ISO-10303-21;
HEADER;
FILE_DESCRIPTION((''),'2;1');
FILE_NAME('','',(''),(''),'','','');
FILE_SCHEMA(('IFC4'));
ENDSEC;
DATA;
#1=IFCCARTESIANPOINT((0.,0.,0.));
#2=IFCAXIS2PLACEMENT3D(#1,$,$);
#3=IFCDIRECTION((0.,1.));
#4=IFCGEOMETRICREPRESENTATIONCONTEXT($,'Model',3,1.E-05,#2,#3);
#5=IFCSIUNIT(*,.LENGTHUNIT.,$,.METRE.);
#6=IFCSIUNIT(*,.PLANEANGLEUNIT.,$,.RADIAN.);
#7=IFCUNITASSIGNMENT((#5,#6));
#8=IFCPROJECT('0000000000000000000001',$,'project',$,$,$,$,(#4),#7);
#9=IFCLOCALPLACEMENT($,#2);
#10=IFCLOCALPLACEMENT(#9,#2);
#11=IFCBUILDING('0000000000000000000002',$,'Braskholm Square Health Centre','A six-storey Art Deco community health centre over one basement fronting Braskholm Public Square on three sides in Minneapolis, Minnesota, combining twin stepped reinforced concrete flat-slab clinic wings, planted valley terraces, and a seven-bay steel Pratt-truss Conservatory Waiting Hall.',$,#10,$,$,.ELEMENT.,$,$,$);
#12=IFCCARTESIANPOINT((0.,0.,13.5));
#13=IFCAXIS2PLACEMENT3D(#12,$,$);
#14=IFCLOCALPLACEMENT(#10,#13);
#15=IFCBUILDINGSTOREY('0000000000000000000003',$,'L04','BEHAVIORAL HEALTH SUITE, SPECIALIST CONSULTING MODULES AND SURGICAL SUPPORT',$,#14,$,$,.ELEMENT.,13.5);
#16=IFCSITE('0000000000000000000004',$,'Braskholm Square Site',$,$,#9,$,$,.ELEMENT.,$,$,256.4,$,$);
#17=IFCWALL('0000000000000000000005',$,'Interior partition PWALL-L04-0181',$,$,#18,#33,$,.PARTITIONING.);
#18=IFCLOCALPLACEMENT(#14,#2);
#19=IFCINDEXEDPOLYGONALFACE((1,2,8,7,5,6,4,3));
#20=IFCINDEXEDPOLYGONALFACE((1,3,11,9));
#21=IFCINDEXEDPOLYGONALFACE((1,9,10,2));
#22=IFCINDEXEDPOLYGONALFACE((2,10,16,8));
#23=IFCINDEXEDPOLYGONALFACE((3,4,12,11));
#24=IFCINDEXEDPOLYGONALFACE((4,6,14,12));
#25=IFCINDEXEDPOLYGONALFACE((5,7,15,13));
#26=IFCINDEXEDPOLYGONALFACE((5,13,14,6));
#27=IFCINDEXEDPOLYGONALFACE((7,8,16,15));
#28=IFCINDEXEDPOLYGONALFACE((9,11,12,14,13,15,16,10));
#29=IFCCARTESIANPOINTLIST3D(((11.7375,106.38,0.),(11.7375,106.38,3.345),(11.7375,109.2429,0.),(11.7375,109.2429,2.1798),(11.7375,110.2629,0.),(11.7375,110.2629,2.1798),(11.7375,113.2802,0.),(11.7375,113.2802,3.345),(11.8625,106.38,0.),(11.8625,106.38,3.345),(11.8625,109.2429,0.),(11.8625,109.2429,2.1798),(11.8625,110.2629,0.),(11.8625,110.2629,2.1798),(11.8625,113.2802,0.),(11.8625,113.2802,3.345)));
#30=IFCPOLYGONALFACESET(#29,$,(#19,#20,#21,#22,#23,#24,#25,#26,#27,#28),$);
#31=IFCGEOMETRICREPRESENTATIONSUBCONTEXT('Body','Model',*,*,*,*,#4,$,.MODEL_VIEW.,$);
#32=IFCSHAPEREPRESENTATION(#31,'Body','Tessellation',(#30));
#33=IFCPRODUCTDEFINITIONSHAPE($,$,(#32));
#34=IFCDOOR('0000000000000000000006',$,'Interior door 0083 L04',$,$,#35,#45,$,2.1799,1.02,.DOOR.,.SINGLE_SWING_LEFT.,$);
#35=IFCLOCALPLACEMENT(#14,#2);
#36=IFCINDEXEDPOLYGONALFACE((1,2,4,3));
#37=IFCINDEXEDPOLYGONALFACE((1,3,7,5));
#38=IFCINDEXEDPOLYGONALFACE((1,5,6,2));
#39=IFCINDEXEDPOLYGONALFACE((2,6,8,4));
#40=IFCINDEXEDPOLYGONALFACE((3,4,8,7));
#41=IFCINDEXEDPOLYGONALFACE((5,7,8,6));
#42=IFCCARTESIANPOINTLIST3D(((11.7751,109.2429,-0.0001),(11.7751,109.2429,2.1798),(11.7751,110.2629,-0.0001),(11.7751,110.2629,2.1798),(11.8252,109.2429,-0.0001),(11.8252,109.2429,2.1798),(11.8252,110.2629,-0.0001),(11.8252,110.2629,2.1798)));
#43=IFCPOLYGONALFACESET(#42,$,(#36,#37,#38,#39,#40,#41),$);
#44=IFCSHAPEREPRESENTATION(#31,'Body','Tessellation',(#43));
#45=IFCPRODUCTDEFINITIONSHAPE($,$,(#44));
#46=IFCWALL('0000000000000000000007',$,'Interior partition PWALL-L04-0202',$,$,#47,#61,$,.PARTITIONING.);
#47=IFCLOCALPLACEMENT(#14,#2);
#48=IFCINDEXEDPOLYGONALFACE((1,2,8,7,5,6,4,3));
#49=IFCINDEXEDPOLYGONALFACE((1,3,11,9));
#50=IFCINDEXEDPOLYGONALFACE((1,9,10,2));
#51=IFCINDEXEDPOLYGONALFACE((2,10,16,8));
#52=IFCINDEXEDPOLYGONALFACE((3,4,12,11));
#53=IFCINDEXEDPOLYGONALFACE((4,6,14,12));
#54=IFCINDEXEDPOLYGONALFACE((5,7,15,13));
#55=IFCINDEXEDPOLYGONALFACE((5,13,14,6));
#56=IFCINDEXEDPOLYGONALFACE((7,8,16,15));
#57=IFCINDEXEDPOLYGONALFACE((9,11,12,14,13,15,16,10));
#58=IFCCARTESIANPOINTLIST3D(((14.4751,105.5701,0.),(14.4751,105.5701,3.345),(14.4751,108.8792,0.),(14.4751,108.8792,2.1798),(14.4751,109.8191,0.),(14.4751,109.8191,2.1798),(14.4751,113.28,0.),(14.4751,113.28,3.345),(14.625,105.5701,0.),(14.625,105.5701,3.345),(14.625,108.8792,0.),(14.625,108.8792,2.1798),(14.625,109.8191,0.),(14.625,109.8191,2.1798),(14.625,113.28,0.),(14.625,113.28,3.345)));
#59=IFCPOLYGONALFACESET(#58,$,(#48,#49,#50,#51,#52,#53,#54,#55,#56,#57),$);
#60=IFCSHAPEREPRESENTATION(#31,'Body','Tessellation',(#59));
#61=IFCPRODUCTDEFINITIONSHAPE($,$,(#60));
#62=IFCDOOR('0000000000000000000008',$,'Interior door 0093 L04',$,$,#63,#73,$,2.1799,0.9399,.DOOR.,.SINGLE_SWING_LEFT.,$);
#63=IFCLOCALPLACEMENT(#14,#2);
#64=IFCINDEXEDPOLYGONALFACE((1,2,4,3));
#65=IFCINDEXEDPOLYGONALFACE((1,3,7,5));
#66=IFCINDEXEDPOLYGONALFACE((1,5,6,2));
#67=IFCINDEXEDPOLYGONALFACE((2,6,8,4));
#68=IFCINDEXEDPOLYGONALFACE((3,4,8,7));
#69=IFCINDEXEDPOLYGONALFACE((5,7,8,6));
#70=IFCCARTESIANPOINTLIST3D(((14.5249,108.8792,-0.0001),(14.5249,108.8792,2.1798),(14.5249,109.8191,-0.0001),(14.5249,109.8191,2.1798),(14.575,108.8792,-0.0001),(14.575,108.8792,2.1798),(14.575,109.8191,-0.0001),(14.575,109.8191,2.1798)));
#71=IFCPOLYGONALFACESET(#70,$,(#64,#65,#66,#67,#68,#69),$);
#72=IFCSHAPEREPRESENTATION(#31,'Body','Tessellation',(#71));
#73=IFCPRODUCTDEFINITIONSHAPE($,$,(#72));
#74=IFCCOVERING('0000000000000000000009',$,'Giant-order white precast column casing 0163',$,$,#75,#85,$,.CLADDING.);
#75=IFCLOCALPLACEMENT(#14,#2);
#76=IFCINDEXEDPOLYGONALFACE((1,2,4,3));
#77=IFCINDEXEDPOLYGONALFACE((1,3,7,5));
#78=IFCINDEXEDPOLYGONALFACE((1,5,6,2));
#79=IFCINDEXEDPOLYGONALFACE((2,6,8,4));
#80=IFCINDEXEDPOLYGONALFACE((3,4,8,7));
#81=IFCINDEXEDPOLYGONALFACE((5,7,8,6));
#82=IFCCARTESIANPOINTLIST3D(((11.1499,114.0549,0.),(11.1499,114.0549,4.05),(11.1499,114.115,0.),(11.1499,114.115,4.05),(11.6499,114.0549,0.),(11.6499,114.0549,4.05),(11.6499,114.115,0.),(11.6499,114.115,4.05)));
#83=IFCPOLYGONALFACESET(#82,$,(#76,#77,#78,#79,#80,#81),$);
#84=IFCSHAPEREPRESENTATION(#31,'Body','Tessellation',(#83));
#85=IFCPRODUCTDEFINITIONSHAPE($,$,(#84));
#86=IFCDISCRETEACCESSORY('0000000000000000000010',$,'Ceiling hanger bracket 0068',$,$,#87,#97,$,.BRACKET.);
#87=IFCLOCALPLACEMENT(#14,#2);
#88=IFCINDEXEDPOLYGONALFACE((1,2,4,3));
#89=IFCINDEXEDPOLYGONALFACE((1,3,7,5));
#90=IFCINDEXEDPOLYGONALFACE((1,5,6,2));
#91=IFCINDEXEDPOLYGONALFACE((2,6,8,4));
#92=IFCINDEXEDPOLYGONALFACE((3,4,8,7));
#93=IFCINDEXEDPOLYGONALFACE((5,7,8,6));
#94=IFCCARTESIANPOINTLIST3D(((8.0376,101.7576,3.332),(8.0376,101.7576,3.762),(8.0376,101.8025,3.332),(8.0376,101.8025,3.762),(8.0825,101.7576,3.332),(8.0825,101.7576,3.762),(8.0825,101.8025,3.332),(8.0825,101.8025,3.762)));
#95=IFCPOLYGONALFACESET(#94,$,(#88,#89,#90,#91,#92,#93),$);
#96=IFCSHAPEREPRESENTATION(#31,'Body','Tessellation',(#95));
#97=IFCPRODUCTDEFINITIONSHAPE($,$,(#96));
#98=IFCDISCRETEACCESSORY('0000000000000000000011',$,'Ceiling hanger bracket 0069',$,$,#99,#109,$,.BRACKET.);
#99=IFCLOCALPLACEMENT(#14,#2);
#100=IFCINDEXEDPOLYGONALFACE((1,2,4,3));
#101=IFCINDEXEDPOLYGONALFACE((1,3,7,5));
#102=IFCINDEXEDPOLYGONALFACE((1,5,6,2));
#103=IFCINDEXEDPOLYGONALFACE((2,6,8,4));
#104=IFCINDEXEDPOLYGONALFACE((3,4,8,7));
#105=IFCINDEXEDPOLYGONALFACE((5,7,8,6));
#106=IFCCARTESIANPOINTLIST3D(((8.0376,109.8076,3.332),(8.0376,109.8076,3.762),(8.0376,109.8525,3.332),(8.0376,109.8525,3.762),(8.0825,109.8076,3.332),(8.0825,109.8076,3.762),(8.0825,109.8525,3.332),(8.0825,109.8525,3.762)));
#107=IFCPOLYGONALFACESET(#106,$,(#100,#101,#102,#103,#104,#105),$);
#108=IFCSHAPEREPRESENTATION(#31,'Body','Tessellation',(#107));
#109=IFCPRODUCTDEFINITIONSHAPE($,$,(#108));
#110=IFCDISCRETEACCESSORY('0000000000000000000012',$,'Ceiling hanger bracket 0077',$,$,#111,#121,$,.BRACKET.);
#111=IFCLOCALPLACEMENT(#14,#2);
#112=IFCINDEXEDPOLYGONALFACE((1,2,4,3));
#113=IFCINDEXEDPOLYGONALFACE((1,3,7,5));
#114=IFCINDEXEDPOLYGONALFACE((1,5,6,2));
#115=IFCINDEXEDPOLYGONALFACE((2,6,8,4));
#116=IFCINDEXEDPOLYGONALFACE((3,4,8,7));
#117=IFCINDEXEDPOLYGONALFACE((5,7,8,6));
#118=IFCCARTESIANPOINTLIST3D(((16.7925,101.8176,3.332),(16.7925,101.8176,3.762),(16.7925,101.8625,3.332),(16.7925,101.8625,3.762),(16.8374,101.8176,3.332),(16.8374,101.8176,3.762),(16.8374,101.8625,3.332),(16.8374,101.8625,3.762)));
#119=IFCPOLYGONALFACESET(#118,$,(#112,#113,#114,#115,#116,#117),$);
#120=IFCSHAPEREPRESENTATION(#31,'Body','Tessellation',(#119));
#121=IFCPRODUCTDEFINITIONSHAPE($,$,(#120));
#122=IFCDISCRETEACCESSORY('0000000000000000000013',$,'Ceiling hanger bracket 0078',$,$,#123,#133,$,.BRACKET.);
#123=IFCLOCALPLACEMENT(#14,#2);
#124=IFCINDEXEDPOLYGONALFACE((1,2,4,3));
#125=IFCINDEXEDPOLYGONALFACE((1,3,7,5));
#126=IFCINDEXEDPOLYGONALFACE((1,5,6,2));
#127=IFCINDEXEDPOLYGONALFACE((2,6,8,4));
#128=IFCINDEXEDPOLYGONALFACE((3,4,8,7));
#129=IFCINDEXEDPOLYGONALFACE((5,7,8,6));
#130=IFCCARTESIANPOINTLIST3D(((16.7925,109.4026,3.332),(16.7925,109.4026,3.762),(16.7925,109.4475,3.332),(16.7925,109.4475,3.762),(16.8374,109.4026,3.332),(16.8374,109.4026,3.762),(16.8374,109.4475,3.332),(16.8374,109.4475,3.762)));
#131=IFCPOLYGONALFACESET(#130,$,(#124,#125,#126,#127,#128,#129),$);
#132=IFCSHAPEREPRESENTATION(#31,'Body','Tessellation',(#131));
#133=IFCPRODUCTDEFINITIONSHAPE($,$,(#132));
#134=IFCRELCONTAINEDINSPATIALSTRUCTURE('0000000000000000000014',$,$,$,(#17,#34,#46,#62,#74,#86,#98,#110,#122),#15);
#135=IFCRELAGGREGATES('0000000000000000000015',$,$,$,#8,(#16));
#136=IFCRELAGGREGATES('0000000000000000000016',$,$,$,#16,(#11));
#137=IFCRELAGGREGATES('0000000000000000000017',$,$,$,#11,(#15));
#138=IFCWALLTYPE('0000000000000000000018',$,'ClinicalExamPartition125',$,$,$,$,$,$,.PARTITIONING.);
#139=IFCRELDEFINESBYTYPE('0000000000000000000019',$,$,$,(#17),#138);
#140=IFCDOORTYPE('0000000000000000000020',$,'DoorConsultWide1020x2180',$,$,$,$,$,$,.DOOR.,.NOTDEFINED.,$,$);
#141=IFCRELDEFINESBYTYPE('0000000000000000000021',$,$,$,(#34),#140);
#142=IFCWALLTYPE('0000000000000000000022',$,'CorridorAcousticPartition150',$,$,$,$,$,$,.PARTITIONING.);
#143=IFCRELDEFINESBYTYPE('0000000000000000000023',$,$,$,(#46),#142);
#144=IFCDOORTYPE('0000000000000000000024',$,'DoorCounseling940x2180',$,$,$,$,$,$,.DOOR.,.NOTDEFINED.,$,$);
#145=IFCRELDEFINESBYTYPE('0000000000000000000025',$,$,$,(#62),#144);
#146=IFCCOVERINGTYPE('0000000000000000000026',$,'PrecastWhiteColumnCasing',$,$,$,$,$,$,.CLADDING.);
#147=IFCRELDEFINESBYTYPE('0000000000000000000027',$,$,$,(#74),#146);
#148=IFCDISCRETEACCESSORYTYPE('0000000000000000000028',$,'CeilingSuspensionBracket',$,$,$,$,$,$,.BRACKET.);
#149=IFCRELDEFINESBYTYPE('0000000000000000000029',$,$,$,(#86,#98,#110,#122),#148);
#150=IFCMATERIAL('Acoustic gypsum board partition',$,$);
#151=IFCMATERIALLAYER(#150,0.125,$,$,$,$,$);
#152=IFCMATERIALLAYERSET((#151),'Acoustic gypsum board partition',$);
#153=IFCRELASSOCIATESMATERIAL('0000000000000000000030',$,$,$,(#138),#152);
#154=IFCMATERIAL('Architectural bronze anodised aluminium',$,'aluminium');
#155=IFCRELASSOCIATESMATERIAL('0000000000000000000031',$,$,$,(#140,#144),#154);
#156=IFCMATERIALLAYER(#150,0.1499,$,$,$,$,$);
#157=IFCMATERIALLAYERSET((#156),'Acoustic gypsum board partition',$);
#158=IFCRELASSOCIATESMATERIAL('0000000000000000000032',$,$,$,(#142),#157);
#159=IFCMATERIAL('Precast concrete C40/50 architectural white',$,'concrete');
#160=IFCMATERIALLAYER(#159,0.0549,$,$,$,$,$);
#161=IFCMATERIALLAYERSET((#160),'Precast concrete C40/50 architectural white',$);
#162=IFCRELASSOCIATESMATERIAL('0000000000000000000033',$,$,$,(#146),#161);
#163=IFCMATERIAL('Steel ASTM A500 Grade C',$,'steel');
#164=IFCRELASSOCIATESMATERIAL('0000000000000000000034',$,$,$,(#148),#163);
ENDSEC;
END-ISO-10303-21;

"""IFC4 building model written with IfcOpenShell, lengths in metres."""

from ifc_helpers import new_model, si_unit, direction, frame, frame_2d, origin, origin_with_axes, origin_2d, place, context, subcontext, project, spatial, rectangle, extrude, material, layer, layer_set, type_object, element, fill, save


model = new_model("IFC4")

# Units and contexts
model_context = context("Model", 3, precision=1e-05, world=origin(), true_north=direction((0.0, 1.0)))
body_context = subcontext(model_context, "Body", "Model", "MODEL_VIEW")
ifc_project = project(units=[si_unit("LENGTHUNIT", "METRE"), si_unit("PLANEANGLEUNIT", "RADIAN")], contexts=[model_context])

# Site, building, storey
site_placement = place(None, origin())
site = spatial("IfcSite", under=ifc_project, at=site_placement, Name="Braskholm Square Site", CompositionType="ELEMENT", RefElevation=256.4)
building_placement = place(site_placement, origin())
building = spatial("IfcBuilding", under=site, at=building_placement, Name="Braskholm Square Health Centre", Description="A six-storey Art Deco community health centre over one basement fronting Braskholm Public Square on three sides in Minneapolis, Minnesota, combining twin stepped reinforced concrete flat-slab clinic wings, planted valley terraces, and a seven-bay steel Pratt-truss Conservatory Waiting Hall.", CompositionType="ELEMENT")
storey_placement = place(building_placement, frame((0.0, 0.0, 13.5)))
storey = spatial("IfcBuildingStorey", under=building, at=storey_placement, Name="L04", Description="BEHAVIORAL HEALTH SUITE, SPECIALIST CONSULTING MODULES AND SURGICAL SUPPORT", CompositionType="ELEMENT", Elevation=13.5)

# Shared definitions
ifc_material_1 = material(Name="Precast concrete C40/50 architectural white", Category="concrete")

# Shared definitions
ifc_material_2 = material(Name="Architectural bronze anodised aluminium", Category="aluminium")

# Walls, openings, doors
ifc_material_3 = material(Name="Acoustic gypsum board partition")
ifc_layer_1 = layer(ifc_material_3, 0.125)
ifc_layer_set_1 = layer_set([ifc_layer_1], Name="Acoustic gypsum board partition")
wall_type_1 = type_object("IfcWallType", Name="ClinicalExamPartition125", PredefinedType="PARTITIONING", material=ifc_layer_set_1)
wall_1_placement = place(storey_placement, frame((11.8, 106.3799, 0.0), z_axis=(0.0, 0.0, 1.0), x_axis=(0.0, 1.0, 0.0)))
wall_1 = element("IfcWall", 1, at=wall_1_placement, inside=storey, type_object=wall_type_1, Name="Interior partition PWALL-L04-0181", PredefinedType="PARTITIONING", context=body_context, shape_type="SweptSolid", body=[
    extrude(rectangle(XDim=6.9001, YDim=0.125, at=frame_2d((3.4502, 0.0))), origin(), (0.0, 0.0, 1.0), 3.345),
])
opening_1_placement = place(wall_1_placement, frame((2.863, 0.0, 0.0)))
opening_1 = element("IfcOpeningElement", 2, at=opening_1_placement, cuts=wall_1, PredefinedType="OPENING", context=body_context, shape_type="SweptSolid", body=[
    extrude(rectangle(XDim=1.02, YDim=2.1799, at=frame_2d((0.51, 1.0898))), frame((0.0, 0.0725, 0.0), z_axis=(0.0, -1.0, 0.0), x_axis=(1.0, 0.0, 0.0)), (0.0, 0.0, 1.0), 0.145),
])
door_type_1 = type_object("IfcDoorType", Name="DoorConsultWide1020x2180", OperationType="NOTDEFINED", PredefinedType="DOOR", material=ifc_material_2)
door_1_placement = place(opening_1_placement, origin_with_axes())
door_1 = element("IfcDoor", 3, at=door_1_placement, inside=storey, type_object=door_type_1, Name="Interior door 0083 L04", OperationType="SINGLE_SWING_LEFT", OverallHeight=2.1799, OverallWidth=1.02, PredefinedType="DOOR", context=body_context, shape_type="SweptSolid", body=[
    extrude(rectangle(XDim=1.02, YDim=2.1799, at=frame_2d((0.51, 1.0898))), frame((0.0, 0.0249, 0.0), z_axis=(0.0, -1.0, 0.0), x_axis=(1.0, 0.0, 0.0)), (0.0, 0.0, 1.0), 0.05),
])
fill(opening_1, door_1)
ifc_layer_2 = layer(ifc_material_3, 0.1499)
ifc_layer_set_2 = layer_set([ifc_layer_2], Name="Acoustic gypsum board partition")
wall_type_2 = type_object("IfcWallType", Name="CorridorAcousticPartition150", PredefinedType="PARTITIONING", material=ifc_layer_set_2)
wall_2_placement = place(storey_placement, frame((14.55, 105.5701, 0.0), z_axis=(0.0, 0.0, 1.0), x_axis=(0.0, 1.0, 0.0)))
wall_2 = element("IfcWall", 4, at=wall_2_placement, inside=storey, type_object=wall_type_2, Name="Interior partition PWALL-L04-0202", PredefinedType="PARTITIONING", context=body_context, shape_type="SweptSolid", body=[
    extrude(rectangle(XDim=7.71, YDim=0.1499, at=frame_2d((3.855, 0.0))), origin(), (0.0, 0.0, 1.0), 3.345),
])
opening_2_placement = place(wall_2_placement, frame((3.3091, 0.0, 0.0)))
opening_2 = element("IfcOpeningElement", 5, at=opening_2_placement, cuts=wall_2, PredefinedType="OPENING", context=body_context, shape_type="SweptSolid", body=[
    extrude(rectangle(XDim=0.9399, YDim=2.1799, at=frame_2d((0.47, 1.0898))), frame((0.0, 0.085, 0.0), z_axis=(0.0, -1.0, 0.0), x_axis=(1.0, 0.0, 0.0)), (0.0, 0.0, 1.0), 0.1699),
])
door_type_2 = type_object("IfcDoorType", Name="DoorCounseling940x2180", OperationType="NOTDEFINED", PredefinedType="DOOR", material=ifc_material_2)
door_2_placement = place(opening_2_placement, frame((0.9399, 0.0, 0.0), z_axis=(0.0, 0.0, 1.0), x_axis=(-1.0, 0.0, 0.0)))
door_2 = element("IfcDoor", 6, at=door_2_placement, inside=storey, type_object=door_type_2, Name="Interior door 0093 L04", OperationType="SINGLE_SWING_LEFT", OverallHeight=2.1799, OverallWidth=0.9399, PredefinedType="DOOR", context=body_context, shape_type="SweptSolid", body=[
    extrude(rectangle(XDim=0.9399, YDim=2.1799, at=frame_2d((0.47, 1.0898))), frame((0.0, 0.0249, 0.0), z_axis=(0.0, -1.0, 0.0), x_axis=(1.0, 0.0, 0.0)), (0.0, 0.0, 1.0), 0.05),
])
fill(opening_2, door_2)

# Covering
ifc_layer_3 = layer(ifc_material_1, 0.0549)
ifc_layer_set_3 = layer_set([ifc_layer_3], Name="Precast concrete C40/50 architectural white")
covering_type = type_object("IfcCoveringType", Name="PrecastWhiteColumnCasing", PredefinedType="CLADDING", material=ifc_layer_set_3)
covering_placement = place(storey_placement, frame((11.3999, 114.085, 0.0), z_axis=(0.0, 0.0, 1.0), x_axis=(1.0, 0.0, 0.0)))
element("IfcCovering", 7, at=covering_placement, inside=storey, type_object=covering_type, Name="Giant-order white precast column casing 0163", PredefinedType="CLADDING", context=body_context, shape_type="SweptSolid", body=[
    extrude(rectangle(XDim=0.5, YDim=0.0601, at=origin_2d()), origin(), (0.0, 0.0, 1.0), 4.05),
])

# Discrete accessories
ifc_material_4 = material(Name="Steel ASTM A500 Grade C", Category="steel")
discrete_accessory_type = type_object("IfcDiscreteAccessoryType", Name="CeilingSuspensionBracket", PredefinedType="BRACKET", material=ifc_material_4)
for number, where, z_axis, x_axis, name in (
    (8, (8.0601, 101.78, 3.332), (0.0, 0.0, 1.0), (1.0, 0.0, 0.0), "Ceiling hanger bracket 0068"),
    (9, (8.0601, 109.8301, 3.332), (0.0, 0.0, 1.0), (1.0, 0.0, 0.0), "Ceiling hanger bracket 0069"),
    (10, (16.8149, 101.8401, 3.332), (0.0, 0.0, 1.0), (1.0, 0.0, 0.0), "Ceiling hanger bracket 0077"),
    (11, (16.8149, 109.425, 3.332), (0.0, 0.0, 1.0), (1.0, 0.0, 0.0), "Ceiling hanger bracket 0078"),
):
    element("IfcDiscreteAccessory", number, at=place(storey_placement, frame(where, z_axis=z_axis, x_axis=x_axis)), inside=storey, type_object=discrete_accessory_type, Name=name, PredefinedType="BRACKET", context=body_context, shape_type="SweptSolid", body=[
        extrude(rectangle(XDim=0.0449, YDim=0.0449, at=origin_2d()), origin(), (0.0, 0.0, 1.0), 0.4299),
    ])

save(model, "model.ifc")
